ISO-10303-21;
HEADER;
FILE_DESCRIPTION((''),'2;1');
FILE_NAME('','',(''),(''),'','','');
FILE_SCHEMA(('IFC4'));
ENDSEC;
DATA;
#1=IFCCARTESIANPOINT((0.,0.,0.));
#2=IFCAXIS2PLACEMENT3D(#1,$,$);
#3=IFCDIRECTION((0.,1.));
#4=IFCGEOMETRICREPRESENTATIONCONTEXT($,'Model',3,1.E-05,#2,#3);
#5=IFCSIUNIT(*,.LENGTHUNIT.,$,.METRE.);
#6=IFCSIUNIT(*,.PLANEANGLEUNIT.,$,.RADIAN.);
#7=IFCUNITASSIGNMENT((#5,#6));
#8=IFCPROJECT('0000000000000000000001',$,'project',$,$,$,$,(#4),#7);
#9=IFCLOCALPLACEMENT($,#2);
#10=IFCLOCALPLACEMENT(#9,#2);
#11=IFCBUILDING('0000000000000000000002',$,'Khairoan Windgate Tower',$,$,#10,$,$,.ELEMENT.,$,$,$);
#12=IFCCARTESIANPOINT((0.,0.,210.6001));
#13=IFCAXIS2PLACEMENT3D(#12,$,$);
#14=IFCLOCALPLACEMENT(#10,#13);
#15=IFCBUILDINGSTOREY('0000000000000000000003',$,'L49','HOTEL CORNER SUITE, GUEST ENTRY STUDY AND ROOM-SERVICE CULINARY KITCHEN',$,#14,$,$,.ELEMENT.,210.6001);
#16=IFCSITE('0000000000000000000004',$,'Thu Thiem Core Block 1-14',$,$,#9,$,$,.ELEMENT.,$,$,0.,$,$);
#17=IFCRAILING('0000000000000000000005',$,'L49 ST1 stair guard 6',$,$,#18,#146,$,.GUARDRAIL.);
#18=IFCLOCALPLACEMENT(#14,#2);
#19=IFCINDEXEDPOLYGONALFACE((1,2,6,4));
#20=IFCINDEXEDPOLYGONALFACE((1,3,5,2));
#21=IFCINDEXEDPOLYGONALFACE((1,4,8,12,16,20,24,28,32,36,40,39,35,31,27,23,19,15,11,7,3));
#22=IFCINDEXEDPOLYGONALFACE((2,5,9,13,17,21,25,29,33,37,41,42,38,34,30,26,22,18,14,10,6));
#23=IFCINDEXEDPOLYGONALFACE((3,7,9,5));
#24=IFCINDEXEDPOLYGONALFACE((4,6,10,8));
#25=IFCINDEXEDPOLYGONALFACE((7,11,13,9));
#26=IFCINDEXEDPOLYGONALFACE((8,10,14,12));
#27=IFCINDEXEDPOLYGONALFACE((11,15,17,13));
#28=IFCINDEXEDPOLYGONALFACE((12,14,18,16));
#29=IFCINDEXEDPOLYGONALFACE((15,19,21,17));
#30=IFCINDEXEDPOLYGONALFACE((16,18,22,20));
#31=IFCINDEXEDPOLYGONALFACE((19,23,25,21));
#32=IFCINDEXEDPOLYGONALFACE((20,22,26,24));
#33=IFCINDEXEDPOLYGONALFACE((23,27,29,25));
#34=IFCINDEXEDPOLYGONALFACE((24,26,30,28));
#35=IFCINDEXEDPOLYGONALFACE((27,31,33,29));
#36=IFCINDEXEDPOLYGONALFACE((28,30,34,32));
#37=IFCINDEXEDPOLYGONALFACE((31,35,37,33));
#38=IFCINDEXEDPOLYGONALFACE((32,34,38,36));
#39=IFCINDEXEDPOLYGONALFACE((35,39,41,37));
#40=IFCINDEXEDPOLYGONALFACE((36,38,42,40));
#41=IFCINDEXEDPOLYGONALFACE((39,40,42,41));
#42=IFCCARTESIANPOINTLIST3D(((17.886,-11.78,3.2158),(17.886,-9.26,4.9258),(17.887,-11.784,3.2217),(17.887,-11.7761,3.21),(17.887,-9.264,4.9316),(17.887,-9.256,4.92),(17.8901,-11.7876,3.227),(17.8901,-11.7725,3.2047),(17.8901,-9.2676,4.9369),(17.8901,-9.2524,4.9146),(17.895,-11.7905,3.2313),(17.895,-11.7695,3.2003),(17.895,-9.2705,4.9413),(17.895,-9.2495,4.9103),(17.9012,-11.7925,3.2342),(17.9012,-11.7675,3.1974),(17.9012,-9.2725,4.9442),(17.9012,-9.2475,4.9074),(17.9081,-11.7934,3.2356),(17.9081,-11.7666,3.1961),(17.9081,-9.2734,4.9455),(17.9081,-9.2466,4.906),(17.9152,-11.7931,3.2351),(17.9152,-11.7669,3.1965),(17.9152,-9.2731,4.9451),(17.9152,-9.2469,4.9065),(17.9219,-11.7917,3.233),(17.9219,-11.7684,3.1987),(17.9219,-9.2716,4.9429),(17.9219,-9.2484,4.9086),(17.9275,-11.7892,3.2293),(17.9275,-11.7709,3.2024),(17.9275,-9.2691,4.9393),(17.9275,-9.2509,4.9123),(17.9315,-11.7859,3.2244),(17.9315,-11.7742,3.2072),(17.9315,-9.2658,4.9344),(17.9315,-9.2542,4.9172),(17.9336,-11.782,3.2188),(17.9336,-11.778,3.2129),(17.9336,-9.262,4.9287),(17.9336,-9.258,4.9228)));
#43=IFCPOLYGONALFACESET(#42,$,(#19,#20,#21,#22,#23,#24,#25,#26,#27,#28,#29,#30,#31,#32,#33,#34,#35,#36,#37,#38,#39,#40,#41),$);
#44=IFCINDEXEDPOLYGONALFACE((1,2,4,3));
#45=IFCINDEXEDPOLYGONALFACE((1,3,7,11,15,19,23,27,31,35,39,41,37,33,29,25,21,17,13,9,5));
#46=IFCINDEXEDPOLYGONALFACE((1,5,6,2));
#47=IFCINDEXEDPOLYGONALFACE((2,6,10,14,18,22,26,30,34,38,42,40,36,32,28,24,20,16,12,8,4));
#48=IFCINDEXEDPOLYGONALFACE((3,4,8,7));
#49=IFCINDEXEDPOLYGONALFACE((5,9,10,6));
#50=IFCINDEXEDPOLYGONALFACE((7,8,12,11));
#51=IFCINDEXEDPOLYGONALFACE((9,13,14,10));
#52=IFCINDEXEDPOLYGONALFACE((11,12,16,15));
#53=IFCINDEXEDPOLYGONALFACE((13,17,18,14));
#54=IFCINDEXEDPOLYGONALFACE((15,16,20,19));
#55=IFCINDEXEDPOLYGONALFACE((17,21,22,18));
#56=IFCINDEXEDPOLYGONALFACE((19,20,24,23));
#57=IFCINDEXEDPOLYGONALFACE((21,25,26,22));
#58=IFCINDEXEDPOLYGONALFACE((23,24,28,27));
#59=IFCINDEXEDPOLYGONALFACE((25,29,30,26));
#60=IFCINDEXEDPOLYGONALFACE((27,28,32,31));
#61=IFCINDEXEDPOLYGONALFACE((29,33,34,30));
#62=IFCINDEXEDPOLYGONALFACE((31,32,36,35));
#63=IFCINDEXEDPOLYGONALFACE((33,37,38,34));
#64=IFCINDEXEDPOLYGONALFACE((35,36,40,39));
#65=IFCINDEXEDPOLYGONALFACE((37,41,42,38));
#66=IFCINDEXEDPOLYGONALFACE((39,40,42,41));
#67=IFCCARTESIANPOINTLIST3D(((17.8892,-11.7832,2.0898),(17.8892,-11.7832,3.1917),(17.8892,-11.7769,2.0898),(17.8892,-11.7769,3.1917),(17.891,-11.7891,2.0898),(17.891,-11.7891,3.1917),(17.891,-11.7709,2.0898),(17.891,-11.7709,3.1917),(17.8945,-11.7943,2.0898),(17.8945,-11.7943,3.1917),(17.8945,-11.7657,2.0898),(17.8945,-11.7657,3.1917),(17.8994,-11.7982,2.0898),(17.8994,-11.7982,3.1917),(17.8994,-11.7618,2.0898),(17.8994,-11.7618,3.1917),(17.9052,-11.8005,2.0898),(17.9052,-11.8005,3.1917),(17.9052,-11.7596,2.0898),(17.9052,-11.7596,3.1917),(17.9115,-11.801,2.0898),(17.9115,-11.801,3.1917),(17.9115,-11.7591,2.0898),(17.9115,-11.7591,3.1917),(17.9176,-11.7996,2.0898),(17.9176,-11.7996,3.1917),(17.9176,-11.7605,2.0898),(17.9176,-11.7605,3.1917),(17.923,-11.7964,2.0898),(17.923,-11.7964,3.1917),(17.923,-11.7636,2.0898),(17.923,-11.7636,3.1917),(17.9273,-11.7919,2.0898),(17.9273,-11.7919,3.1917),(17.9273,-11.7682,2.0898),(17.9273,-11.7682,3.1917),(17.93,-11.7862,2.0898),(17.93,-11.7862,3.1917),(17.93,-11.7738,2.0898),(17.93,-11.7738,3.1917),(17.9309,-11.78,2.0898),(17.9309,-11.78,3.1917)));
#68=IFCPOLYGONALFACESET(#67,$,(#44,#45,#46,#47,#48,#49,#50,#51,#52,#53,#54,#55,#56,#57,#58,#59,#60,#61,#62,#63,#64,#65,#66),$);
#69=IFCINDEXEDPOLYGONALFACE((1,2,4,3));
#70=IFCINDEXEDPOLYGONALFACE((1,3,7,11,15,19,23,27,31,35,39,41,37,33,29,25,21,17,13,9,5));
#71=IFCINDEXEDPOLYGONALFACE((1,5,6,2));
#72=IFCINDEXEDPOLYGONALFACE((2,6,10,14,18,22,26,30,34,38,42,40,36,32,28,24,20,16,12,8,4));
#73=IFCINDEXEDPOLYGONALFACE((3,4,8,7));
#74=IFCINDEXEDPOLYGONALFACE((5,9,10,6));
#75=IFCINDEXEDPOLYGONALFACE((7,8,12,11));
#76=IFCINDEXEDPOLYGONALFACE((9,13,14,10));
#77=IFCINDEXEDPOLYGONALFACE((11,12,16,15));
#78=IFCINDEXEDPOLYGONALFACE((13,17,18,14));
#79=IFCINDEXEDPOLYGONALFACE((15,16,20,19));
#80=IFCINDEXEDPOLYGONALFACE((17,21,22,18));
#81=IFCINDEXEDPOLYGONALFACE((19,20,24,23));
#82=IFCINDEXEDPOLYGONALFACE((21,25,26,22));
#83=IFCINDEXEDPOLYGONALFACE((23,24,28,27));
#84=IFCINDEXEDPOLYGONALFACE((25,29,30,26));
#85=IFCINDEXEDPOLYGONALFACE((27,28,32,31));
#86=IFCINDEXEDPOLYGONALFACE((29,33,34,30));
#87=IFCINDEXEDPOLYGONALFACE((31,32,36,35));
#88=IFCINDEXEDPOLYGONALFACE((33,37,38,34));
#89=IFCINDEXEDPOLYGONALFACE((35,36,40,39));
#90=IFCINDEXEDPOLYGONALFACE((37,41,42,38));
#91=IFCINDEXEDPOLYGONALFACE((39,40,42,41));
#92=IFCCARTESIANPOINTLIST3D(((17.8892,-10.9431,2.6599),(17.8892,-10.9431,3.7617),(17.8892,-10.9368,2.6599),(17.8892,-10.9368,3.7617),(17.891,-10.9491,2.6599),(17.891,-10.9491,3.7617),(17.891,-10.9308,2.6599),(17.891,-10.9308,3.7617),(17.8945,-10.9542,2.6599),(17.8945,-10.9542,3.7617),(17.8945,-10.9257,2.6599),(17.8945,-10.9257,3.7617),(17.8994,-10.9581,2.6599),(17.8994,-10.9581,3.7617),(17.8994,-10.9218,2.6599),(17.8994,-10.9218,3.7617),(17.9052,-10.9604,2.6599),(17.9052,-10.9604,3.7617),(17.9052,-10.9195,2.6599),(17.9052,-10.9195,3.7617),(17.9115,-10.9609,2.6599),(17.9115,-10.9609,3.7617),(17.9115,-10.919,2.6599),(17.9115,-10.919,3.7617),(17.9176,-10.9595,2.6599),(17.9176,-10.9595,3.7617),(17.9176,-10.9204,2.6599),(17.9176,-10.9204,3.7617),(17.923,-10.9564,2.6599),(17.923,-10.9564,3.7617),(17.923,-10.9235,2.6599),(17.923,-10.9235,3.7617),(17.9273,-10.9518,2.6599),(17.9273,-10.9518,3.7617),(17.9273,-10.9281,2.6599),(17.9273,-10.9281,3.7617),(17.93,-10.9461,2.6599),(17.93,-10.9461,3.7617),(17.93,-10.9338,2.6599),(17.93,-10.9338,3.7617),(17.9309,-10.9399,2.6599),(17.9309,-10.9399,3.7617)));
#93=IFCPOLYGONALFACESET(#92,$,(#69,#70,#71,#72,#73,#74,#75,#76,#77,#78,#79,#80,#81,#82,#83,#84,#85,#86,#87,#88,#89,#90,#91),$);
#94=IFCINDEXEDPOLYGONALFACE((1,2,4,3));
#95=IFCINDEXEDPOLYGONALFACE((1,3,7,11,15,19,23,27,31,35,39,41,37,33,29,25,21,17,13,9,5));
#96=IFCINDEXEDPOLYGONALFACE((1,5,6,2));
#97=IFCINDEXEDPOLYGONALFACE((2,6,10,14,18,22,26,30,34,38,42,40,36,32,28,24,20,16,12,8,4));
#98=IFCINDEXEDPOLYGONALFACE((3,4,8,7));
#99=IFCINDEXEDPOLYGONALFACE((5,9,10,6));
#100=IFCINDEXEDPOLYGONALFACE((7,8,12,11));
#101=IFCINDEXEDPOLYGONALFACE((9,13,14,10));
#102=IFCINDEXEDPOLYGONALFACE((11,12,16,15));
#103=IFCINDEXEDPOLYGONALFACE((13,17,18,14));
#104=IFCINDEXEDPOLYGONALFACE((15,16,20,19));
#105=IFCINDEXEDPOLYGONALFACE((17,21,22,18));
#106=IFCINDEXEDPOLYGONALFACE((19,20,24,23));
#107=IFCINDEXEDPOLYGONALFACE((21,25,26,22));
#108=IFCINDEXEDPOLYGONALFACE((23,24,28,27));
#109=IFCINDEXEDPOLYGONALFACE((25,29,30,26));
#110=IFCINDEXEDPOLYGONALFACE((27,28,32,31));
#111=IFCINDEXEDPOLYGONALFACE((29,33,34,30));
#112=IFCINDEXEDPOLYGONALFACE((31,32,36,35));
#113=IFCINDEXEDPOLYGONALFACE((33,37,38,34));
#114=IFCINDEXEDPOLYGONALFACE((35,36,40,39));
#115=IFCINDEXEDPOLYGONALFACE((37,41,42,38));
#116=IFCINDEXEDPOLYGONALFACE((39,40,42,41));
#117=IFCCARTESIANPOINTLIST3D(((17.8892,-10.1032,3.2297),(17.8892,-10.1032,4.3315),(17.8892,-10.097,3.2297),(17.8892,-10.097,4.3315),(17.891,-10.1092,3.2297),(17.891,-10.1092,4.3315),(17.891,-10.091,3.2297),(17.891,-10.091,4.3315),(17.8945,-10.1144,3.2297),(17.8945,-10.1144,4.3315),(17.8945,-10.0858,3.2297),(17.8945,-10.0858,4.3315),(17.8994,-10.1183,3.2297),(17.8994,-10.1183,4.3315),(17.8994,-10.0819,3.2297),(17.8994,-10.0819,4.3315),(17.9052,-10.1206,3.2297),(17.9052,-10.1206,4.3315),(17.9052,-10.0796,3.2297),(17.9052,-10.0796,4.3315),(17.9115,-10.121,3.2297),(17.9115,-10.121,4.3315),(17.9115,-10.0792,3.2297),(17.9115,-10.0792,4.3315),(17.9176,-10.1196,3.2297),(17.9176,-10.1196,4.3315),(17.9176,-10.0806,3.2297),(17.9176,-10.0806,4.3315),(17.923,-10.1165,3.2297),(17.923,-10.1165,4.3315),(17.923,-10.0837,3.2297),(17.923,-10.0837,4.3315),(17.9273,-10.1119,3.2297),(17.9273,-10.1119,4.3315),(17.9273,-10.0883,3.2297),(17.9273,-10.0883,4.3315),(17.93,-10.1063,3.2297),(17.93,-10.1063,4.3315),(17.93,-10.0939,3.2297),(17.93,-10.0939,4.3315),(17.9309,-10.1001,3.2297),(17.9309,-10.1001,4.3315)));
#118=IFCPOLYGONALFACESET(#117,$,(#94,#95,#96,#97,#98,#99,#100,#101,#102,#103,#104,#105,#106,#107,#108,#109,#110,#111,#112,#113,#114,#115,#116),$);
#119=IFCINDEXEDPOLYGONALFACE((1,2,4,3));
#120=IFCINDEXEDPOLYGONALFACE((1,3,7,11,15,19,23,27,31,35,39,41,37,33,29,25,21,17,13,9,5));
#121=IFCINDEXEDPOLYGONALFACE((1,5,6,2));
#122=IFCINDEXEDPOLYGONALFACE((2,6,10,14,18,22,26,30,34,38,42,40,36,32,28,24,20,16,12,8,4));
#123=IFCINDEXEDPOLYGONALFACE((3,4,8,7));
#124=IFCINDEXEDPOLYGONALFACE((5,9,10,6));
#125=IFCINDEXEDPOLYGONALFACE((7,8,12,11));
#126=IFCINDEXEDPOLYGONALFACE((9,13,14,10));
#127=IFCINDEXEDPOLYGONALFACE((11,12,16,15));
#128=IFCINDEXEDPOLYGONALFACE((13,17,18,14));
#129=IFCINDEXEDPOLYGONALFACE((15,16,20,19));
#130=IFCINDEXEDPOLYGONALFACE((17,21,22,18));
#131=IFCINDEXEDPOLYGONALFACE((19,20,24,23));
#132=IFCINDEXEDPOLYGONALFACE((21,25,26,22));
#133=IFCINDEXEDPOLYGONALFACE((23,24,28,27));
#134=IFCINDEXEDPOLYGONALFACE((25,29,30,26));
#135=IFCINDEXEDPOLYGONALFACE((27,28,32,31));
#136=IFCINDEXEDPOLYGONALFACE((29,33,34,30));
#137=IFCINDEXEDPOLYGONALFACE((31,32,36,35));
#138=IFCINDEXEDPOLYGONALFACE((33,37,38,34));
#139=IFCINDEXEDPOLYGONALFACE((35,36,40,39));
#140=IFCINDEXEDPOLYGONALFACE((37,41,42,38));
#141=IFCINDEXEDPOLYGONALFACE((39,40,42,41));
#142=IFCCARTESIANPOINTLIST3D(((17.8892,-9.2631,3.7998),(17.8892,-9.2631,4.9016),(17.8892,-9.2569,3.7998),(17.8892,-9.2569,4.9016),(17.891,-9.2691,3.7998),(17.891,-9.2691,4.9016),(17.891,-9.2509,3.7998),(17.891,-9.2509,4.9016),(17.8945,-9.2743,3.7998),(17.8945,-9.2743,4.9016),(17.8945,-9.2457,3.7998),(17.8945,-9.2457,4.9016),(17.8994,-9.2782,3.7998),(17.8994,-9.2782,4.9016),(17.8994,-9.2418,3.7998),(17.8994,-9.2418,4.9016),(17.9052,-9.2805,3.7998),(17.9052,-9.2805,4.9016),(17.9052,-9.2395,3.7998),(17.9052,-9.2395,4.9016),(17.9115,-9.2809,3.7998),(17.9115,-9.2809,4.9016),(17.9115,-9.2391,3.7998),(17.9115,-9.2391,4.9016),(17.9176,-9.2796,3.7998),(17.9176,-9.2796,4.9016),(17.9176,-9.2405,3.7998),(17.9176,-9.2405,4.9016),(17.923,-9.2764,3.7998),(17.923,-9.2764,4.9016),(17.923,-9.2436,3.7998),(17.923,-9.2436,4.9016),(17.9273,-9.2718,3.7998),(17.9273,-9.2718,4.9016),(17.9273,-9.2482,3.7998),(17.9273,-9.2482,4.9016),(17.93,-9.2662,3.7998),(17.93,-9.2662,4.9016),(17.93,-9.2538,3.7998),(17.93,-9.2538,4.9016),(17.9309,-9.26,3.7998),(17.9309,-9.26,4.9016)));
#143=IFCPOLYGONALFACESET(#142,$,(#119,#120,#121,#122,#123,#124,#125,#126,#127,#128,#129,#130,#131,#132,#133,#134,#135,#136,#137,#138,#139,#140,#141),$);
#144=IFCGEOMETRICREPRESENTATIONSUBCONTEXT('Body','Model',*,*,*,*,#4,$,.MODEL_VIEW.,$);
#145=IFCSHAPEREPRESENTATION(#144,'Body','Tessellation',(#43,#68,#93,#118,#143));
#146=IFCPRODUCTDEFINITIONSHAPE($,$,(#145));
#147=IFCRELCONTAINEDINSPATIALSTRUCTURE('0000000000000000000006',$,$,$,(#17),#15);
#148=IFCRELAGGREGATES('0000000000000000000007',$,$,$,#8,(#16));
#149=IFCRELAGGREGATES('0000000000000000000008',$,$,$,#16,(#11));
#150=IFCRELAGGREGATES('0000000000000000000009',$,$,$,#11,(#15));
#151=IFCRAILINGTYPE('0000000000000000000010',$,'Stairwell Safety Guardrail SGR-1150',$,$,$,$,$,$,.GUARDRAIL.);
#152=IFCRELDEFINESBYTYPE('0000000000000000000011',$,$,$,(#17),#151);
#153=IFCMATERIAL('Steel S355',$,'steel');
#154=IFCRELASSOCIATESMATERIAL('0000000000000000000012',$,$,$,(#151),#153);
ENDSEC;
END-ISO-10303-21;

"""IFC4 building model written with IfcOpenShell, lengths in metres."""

from ifc_helpers import new_model, si_unit, direction, frame, origin, origin_2d, place, context, subcontext, project, spatial, circle, extrude, material, type_object, element, save


model = new_model("IFC4")

# Units and contexts
model_context = context("Model", 3, precision=1e-05, world=origin(), true_north=direction((0.0, 1.0)))
body_context = subcontext(model_context, "Body", "Model", "MODEL_VIEW")
ifc_project = project(units=[si_unit("LENGTHUNIT", "METRE"), si_unit("PLANEANGLEUNIT", "RADIAN")], contexts=[model_context])

# Site, building, storey
site_placement = place(None, origin())
site = spatial("IfcSite", under=ifc_project, at=site_placement, Name="Thu Thiem Core Block 1-14", CompositionType="ELEMENT", RefElevation=0.0)
building_placement = place(site_placement, origin())
building = spatial("IfcBuilding", under=site, at=building_placement, Name="Khairoan Windgate Tower", CompositionType="ELEMENT")
storey_placement = place(building_placement, frame((0.0, 0.0, 210.6001)))
storey = spatial("IfcBuildingStorey", under=building, at=storey_placement, Name="L49", Description="HOTEL CORNER SUITE, GUEST ENTRY STUDY AND ROOM-SERVICE CULINARY KITCHEN", CompositionType="ELEMENT", Elevation=210.6001)

# Railing
ifc_material_1 = material(Name="Steel S355", Category="steel")
railing_type_1 = type_object("IfcRailingType", Name="Stairwell Safety Guardrail SGR-1150", PredefinedType="GUARDRAIL", material=ifc_material_1)
railing_1_placement = place(storey_placement, frame((17.9099, -11.78, 2.0898)))
element("IfcRailing", 1, at=railing_1_placement, inside=storey, type_object=railing_type_1, Name="L49 ST1 stair guard 6", PredefinedType="GUARDRAIL", context=body_context, shape_type="SweptSolid", body=[
    extrude(circle(Radius=0.0239, at=origin_2d()), frame((0.0, 0.0, 1.126), z_axis=(0.0, 0.827484, 0.56149), x_axis=(-1.0, 0.0, 0.0)), (0.0, 0.0, 1.0), 3.0454),
    extrude(circle(Radius=0.021, at=origin_2d()), origin(), (0.0, 0.0, 1.0), 1.1018),
    extrude(circle(Radius=0.021, at=origin_2d()), frame((0.0, 0.8401, 0.5701)), (0.0, 0.0, 1.0), 1.1018),
    extrude(circle(Radius=0.021, at=origin_2d()), frame((0.0, 1.6799, 1.1399)), (0.0, 0.0, 1.0), 1.1018),
    extrude(circle(Radius=0.021, at=origin_2d()), frame((0.0, 2.52, 1.71)), (0.0, 0.0, 1.0), 1.1018),
])

save(model, "model.ifc")
